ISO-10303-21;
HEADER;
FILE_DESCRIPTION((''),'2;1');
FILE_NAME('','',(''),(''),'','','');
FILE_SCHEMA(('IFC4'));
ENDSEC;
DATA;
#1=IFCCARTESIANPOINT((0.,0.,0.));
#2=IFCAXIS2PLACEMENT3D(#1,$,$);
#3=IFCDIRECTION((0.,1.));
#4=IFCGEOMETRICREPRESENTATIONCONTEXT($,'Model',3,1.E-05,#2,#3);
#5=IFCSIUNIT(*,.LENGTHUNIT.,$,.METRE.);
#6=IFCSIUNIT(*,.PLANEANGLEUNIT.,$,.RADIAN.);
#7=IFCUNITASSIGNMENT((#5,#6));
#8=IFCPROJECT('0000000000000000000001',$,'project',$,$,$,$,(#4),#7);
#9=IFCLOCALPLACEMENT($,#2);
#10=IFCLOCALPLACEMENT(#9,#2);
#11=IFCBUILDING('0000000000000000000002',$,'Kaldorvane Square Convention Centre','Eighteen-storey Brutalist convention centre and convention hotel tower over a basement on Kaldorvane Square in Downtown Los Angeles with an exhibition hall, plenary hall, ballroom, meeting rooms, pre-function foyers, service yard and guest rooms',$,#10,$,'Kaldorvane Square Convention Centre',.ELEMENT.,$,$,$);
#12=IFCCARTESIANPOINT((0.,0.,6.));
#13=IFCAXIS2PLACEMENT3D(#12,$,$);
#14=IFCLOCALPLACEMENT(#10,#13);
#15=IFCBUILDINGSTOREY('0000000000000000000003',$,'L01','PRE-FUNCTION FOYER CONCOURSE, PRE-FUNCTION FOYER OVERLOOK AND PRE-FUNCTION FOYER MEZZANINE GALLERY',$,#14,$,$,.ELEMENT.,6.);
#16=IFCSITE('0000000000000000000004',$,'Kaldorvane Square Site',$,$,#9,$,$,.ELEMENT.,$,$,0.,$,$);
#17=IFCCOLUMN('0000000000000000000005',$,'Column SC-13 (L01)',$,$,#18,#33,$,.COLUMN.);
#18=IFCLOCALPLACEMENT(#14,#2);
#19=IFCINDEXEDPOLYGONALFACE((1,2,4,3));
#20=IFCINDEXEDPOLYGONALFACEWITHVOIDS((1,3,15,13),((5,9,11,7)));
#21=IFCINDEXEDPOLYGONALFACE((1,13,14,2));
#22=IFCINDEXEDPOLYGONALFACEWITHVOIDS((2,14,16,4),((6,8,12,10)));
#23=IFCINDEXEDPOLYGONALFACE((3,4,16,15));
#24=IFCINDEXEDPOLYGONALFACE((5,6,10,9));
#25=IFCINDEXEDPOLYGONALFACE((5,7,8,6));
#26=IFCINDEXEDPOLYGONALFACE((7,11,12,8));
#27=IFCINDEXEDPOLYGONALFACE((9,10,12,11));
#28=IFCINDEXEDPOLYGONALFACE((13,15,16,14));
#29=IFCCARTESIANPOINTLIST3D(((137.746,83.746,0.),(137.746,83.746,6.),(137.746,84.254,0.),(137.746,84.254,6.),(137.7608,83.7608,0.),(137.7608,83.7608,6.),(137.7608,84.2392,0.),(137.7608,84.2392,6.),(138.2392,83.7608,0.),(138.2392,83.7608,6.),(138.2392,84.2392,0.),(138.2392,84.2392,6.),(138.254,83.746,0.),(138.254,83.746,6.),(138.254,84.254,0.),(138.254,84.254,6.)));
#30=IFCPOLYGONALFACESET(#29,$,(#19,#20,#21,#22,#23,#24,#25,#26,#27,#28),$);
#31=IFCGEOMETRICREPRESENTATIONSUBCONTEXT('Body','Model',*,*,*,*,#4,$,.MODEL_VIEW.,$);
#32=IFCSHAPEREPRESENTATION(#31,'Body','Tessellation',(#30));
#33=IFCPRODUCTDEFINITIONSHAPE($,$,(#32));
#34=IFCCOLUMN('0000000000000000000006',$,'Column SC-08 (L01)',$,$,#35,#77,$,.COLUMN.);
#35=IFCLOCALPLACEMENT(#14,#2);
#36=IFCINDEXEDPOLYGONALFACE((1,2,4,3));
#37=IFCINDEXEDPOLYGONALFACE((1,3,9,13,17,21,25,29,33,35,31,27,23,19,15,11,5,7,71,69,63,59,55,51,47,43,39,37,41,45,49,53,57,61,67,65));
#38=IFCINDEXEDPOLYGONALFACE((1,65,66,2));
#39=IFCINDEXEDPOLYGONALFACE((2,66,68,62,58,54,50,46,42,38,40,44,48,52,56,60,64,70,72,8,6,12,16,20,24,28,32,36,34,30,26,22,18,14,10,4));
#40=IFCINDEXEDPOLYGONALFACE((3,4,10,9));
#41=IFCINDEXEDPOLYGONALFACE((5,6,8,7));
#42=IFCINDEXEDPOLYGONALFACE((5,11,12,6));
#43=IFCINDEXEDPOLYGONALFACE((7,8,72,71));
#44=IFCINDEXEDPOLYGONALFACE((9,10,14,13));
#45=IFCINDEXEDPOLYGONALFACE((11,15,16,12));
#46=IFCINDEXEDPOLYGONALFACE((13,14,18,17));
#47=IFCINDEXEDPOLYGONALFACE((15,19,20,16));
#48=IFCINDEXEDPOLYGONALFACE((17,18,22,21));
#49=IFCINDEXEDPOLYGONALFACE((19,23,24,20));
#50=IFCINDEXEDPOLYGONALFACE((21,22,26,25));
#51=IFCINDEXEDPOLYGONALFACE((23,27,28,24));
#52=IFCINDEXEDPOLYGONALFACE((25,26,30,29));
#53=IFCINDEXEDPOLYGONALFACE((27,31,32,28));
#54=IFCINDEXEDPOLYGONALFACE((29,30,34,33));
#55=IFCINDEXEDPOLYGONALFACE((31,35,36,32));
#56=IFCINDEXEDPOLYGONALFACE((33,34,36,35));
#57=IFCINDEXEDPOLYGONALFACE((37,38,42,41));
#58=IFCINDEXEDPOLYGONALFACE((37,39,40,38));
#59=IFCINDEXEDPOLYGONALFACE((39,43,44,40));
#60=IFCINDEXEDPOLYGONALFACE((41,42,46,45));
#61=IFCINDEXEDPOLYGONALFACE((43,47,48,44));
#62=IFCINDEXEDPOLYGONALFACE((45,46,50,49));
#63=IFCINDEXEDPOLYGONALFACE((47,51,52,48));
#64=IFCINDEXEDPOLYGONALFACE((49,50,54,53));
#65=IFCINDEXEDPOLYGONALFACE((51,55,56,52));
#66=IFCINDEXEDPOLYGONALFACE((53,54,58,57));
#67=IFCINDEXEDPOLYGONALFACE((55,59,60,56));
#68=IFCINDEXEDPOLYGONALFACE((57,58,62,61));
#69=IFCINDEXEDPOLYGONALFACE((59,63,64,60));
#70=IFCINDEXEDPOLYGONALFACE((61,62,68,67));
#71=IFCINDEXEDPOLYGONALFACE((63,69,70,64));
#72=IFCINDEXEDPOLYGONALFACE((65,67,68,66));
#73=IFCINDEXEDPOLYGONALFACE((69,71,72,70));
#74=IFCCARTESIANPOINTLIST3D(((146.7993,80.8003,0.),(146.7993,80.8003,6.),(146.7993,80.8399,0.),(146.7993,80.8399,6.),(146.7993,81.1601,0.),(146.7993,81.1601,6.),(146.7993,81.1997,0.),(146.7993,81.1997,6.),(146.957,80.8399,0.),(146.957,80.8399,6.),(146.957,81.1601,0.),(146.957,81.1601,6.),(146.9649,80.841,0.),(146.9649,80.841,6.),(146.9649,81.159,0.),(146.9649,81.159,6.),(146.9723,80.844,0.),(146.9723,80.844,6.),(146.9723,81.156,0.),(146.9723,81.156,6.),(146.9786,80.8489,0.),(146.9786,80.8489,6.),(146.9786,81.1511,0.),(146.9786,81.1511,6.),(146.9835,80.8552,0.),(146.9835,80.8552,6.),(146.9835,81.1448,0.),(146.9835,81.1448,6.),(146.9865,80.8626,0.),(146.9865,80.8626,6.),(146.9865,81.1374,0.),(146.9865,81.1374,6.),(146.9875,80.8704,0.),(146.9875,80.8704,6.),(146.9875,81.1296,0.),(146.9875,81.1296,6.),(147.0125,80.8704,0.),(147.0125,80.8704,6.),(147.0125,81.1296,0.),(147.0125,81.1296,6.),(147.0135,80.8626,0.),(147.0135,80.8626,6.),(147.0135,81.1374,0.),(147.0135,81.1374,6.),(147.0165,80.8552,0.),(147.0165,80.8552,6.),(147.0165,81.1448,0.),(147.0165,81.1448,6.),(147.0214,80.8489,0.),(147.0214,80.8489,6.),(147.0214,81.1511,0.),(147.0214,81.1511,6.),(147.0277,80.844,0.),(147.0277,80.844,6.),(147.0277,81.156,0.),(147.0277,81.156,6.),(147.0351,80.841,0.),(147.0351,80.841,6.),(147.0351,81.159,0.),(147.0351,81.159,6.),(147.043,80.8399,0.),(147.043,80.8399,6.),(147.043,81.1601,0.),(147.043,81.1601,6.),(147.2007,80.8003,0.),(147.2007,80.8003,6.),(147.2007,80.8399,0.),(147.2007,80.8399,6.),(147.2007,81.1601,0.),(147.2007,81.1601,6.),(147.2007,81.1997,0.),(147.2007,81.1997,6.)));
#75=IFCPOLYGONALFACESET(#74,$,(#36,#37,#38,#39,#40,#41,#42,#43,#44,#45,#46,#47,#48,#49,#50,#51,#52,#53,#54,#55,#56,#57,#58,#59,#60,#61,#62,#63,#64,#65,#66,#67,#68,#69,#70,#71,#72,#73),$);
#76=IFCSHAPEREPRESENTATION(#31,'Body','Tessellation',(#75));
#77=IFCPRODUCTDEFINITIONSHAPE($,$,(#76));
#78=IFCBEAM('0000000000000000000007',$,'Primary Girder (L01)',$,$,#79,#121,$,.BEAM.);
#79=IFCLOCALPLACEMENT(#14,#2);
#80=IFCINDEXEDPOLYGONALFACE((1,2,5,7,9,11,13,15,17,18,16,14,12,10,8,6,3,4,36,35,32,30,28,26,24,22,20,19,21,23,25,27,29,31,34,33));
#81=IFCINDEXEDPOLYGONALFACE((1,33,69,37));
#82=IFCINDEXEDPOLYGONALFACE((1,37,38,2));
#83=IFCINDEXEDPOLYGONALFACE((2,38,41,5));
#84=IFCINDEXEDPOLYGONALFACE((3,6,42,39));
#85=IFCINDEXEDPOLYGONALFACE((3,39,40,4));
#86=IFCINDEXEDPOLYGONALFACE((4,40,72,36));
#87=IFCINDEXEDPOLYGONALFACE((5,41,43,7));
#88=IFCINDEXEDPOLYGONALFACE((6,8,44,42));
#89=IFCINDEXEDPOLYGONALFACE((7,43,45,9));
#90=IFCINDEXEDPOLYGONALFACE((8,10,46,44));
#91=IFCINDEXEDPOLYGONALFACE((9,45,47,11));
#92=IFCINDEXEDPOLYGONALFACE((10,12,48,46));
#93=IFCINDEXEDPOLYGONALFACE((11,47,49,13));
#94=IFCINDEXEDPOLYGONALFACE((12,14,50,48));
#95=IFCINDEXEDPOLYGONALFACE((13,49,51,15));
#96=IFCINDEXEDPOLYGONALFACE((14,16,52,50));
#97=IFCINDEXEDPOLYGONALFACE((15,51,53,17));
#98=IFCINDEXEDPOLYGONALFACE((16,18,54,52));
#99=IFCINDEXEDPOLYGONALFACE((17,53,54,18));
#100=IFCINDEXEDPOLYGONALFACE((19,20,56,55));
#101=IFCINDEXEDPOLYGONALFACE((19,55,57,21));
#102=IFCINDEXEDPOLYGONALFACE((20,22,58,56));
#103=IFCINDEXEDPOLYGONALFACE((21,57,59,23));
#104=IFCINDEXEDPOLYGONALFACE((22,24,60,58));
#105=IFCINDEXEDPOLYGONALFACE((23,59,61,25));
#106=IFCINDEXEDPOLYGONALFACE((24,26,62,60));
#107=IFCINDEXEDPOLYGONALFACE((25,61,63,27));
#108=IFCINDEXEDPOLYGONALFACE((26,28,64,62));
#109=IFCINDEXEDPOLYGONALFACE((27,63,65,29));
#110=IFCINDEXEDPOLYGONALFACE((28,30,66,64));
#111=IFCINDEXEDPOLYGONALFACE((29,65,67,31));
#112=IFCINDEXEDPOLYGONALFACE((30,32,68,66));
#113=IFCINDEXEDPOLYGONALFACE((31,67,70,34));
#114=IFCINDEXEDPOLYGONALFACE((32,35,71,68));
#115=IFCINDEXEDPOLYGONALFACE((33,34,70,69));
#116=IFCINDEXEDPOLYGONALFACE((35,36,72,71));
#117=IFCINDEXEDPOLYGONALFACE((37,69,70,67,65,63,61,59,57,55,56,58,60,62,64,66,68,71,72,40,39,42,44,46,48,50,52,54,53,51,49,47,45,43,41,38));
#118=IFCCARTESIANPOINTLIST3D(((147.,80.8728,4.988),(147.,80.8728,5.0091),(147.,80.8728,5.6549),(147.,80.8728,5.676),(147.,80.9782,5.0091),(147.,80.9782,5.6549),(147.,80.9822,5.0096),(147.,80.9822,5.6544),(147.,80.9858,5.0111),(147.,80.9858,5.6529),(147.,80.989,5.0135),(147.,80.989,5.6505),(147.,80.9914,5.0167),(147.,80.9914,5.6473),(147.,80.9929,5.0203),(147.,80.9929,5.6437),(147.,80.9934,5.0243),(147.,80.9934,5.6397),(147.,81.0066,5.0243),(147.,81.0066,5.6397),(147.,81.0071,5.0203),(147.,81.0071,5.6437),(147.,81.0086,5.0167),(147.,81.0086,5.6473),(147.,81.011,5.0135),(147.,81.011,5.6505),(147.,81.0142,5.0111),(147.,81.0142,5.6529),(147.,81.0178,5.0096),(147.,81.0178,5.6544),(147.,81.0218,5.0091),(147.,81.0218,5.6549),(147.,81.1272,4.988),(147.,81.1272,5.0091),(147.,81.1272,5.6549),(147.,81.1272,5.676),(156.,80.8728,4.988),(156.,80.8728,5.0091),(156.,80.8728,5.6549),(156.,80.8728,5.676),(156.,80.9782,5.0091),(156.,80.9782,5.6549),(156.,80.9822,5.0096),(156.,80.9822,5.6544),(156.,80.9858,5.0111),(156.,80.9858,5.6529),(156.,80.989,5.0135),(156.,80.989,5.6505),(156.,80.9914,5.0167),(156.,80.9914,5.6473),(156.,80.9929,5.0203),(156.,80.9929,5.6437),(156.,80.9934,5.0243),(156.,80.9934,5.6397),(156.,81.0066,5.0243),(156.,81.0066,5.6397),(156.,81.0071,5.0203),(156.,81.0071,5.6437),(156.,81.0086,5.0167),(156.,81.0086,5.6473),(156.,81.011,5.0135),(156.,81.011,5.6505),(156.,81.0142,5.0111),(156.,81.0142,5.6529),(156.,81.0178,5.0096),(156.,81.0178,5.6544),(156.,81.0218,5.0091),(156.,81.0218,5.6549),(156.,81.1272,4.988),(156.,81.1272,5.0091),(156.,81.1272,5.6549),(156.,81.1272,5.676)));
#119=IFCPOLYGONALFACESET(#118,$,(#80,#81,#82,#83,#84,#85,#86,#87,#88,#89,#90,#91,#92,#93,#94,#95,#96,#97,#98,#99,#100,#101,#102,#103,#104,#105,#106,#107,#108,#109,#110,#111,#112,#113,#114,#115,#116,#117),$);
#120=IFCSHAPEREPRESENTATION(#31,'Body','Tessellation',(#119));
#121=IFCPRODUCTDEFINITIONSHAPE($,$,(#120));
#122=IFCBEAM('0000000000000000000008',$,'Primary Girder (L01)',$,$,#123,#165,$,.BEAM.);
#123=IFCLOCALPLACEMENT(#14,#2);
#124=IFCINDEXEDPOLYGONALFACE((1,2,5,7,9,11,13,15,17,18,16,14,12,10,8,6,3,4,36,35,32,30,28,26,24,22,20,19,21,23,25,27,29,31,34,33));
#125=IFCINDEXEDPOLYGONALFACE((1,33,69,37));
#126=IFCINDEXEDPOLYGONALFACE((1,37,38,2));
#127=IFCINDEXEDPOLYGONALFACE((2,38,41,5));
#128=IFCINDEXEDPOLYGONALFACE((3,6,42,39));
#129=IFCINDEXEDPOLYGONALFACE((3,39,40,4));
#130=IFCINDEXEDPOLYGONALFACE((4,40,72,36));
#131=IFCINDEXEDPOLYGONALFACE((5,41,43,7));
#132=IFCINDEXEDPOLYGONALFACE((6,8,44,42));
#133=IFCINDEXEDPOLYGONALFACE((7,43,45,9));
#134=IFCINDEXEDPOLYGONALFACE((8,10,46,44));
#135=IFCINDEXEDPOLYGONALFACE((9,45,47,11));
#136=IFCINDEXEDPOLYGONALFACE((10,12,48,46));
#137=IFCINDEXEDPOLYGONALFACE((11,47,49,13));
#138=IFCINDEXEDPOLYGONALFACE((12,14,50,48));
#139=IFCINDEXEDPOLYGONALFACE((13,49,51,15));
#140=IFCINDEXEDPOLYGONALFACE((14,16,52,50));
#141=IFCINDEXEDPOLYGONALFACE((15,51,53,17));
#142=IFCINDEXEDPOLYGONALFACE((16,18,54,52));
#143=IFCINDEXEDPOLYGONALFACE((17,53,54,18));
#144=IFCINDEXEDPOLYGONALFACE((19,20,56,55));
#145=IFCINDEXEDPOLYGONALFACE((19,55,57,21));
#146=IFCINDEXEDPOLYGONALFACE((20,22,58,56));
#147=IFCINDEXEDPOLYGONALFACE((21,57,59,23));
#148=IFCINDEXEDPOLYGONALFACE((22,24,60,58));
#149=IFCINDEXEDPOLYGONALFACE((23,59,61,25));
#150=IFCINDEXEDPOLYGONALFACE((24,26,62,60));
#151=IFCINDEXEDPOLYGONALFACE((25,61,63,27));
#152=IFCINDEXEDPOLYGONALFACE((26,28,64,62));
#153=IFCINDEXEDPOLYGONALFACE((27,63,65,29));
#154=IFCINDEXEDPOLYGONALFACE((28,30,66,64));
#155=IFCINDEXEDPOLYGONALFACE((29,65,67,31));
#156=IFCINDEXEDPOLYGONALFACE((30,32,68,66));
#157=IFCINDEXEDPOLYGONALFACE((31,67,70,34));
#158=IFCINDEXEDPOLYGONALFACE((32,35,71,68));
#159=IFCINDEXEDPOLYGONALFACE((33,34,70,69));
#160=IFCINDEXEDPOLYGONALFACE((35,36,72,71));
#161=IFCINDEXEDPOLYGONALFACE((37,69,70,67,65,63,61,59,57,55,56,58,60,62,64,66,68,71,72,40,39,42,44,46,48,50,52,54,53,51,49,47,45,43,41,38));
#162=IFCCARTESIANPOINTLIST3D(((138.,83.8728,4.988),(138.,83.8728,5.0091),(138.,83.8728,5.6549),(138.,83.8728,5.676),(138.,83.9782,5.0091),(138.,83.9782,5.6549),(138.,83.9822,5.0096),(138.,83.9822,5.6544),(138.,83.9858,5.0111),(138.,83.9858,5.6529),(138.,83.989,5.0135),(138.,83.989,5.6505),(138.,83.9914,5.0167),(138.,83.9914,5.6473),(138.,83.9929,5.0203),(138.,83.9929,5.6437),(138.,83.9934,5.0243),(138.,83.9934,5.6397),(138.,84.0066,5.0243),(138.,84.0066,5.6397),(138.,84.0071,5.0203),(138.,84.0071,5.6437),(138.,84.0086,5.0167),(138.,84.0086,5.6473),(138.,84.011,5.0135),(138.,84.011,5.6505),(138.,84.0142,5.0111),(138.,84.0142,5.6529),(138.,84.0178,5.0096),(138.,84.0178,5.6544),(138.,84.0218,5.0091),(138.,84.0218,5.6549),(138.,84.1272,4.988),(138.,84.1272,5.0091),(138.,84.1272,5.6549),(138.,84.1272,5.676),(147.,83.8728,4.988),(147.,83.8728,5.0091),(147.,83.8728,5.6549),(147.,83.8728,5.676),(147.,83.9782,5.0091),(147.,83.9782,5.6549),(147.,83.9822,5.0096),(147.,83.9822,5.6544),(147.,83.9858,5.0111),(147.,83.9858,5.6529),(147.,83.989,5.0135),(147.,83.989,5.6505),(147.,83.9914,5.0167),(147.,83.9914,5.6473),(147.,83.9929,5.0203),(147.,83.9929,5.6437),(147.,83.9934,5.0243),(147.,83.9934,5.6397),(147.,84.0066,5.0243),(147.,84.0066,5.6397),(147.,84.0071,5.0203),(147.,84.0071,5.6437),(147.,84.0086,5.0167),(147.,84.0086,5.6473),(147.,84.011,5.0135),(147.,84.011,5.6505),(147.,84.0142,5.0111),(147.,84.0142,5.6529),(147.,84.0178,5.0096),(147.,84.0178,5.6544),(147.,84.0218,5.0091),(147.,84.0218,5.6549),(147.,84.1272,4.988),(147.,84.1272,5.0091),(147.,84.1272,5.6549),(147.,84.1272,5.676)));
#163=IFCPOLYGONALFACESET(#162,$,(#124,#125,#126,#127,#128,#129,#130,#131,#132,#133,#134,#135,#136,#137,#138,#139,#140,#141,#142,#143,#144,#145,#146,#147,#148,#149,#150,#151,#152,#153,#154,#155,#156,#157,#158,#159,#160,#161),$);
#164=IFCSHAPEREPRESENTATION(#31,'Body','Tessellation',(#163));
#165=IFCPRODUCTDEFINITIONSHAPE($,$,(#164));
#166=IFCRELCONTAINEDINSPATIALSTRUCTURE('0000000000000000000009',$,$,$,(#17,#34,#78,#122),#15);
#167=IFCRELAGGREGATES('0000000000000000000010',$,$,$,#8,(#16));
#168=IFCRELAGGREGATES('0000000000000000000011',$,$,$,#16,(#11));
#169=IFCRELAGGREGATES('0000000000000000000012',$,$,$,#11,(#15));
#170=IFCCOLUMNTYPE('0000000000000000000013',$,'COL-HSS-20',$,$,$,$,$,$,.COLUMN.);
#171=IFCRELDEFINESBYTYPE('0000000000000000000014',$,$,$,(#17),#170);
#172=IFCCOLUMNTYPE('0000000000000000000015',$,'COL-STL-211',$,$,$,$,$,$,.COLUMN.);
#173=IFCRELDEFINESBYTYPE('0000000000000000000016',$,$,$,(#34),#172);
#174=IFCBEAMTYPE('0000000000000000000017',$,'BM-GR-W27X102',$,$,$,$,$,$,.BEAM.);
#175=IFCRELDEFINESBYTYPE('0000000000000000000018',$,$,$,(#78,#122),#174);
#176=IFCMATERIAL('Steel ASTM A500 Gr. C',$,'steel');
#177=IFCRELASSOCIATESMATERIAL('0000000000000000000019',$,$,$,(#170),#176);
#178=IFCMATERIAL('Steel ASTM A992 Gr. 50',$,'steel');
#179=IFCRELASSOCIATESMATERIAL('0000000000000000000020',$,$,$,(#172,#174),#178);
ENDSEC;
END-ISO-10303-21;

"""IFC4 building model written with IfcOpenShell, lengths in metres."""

from ifc_helpers import new_model, si_unit, direction, frame, origin, origin_2d, place, context, subcontext, project, spatial, hollow_rectangle, i_section, extrude, material, material_profile, profile_set, type_object, element, save


model = new_model("IFC4")

# Units and contexts
model_context = context("Model", 3, precision=1e-05, world=origin(), true_north=direction((0.0, 1.0)))
body_context = subcontext(model_context, "Body", "Model", "MODEL_VIEW")
ifc_project = project(units=[si_unit("LENGTHUNIT", "METRE"), si_unit("PLANEANGLEUNIT", "RADIAN")], contexts=[model_context])

# Site, building, storey
site_placement = place(None, origin())
site = spatial("IfcSite", under=ifc_project, at=site_placement, Name="Kaldorvane Square Site", CompositionType="ELEMENT", RefElevation=0.0)
building_placement = place(site_placement, origin())
building = spatial("IfcBuilding", under=site, at=building_placement, Name="Kaldorvane Square Convention Centre", Description="Eighteen-storey Brutalist convention centre and convention hotel tower over a basement on Kaldorvane Square in Downtown Los Angeles with an exhibition hall, plenary hall, ballroom, meeting rooms, pre-function foyers, service yard and guest rooms", LongName="Kaldorvane Square Convention Centre", CompositionType="ELEMENT")
storey_placement = place(building_placement, frame((0.0, 0.0, 6.0)))
storey = spatial("IfcBuildingStorey", under=building, at=storey_placement, Name="L01", Description="PRE-FUNCTION FOYER CONCOURSE, PRE-FUNCTION FOYER OVERLOOK AND PRE-FUNCTION FOYER MEZZANINE GALLERY", CompositionType="ELEMENT", Elevation=6.0)

# Columns
ifc_material_1 = material(Name="Steel ASTM A500 Gr. C", Category="steel")
ifc_material_profile_1 = material_profile(ifc_material_1, hollow_rectangle(XDim=0.508, YDim=0.508, WallThickness=0.0148, at=origin_2d()), Name="HSS20X20X5/8")
ifc_profile_set_1 = profile_set([ifc_material_profile_1], Name="Steel ASTM A500 Gr. C")
column_type_1 = type_object("IfcColumnType", Name="COL-HSS-20", PredefinedType="COLUMN", material=ifc_profile_set_1)
column_1_placement = place(storey_placement, frame((138.0, 84.0, 0.0), z_axis=(0.0, 0.0, 1.0), x_axis=(1.0, 0.0, 0.0)))
element("IfcColumn", 1, at=column_1_placement, inside=storey, type_object=column_type_1, Name="Column SC-13 (L01)", PredefinedType="COLUMN", context=body_context, shape_type="SweptSolid", body=[
    extrude(hollow_rectangle(XDim=0.508, YDim=0.508, WallThickness=0.0148, at=origin_2d()), origin(), (0.0, 0.0, 1.0), 6.0),
])
ifc_material_2 = material(Name="Steel ASTM A992 Gr. 50", Category="steel")
ifc_material_profile_2 = material_profile(ifc_material_2, i_section(OverallWidth=0.4013, OverallDepth=0.3993, WebThickness=0.0249, FlangeThickness=0.0396, FilletRadius=0.0305, at=origin_2d()), Name="W14X211")
ifc_profile_set_2 = profile_set([ifc_material_profile_2], Name="Steel ASTM A992 Gr. 50")
column_type_2 = type_object("IfcColumnType", Name="COL-STL-211", PredefinedType="COLUMN", material=ifc_profile_set_2)
column_2_placement = place(storey_placement, frame((147.0, 81.0, 0.0), z_axis=(0.0, 0.0, 1.0), x_axis=(1.0, 0.0, 0.0)))
element("IfcColumn", 2, at=column_2_placement, inside=storey, type_object=column_type_2, Name="Column SC-08 (L01)", PredefinedType="COLUMN", context=body_context, shape_type="SweptSolid", body=[
    extrude(i_section(OverallWidth=0.4013, OverallDepth=0.3993, WebThickness=0.0249, FlangeThickness=0.0396, FilletRadius=0.0305, at=origin_2d()), origin(), (0.0, 0.0, 1.0), 6.0),
])

# Beams
ifc_material_profile_3 = material_profile(ifc_material_2, i_section(OverallWidth=0.2544, OverallDepth=0.6881, WebThickness=0.0131, FlangeThickness=0.0211, FilletRadius=0.0152, at=origin_2d()), Name="W27X102")
ifc_profile_set_3 = profile_set([ifc_material_profile_3], Name="Steel ASTM A992 Gr. 50")
beam_type_1 = type_object("IfcBeamType", Name="BM-GR-W27X102", PredefinedType="BEAM", material=ifc_profile_set_3)
for number, where, z_axis, x_axis, name in (
    (3, (147.0, 81.0, 5.332), (1.0, 0.0, 0.0), (0.0, 1.0, 0.0), "Primary Girder (L01)"),
    (4, (138.0, 84.0, 5.332), (1.0, 0.0, 0.0), (0.0, 1.0, 0.0), "Primary Girder (L01)"),
):
    element("IfcBeam", number, at=place(storey_placement, frame(where, z_axis=z_axis, x_axis=x_axis)), inside=storey, type_object=beam_type_1, Name=name, PredefinedType="BEAM", context=body_context, shape_type="SweptSolid", body=[
        extrude(i_section(OverallWidth=0.2544, OverallDepth=0.6881, WebThickness=0.0131, FlangeThickness=0.0211, FilletRadius=0.0152, at=origin_2d()), origin(), (0.0, 0.0, 1.0), 9.0),
    ])

save(model, "model.ifc")
